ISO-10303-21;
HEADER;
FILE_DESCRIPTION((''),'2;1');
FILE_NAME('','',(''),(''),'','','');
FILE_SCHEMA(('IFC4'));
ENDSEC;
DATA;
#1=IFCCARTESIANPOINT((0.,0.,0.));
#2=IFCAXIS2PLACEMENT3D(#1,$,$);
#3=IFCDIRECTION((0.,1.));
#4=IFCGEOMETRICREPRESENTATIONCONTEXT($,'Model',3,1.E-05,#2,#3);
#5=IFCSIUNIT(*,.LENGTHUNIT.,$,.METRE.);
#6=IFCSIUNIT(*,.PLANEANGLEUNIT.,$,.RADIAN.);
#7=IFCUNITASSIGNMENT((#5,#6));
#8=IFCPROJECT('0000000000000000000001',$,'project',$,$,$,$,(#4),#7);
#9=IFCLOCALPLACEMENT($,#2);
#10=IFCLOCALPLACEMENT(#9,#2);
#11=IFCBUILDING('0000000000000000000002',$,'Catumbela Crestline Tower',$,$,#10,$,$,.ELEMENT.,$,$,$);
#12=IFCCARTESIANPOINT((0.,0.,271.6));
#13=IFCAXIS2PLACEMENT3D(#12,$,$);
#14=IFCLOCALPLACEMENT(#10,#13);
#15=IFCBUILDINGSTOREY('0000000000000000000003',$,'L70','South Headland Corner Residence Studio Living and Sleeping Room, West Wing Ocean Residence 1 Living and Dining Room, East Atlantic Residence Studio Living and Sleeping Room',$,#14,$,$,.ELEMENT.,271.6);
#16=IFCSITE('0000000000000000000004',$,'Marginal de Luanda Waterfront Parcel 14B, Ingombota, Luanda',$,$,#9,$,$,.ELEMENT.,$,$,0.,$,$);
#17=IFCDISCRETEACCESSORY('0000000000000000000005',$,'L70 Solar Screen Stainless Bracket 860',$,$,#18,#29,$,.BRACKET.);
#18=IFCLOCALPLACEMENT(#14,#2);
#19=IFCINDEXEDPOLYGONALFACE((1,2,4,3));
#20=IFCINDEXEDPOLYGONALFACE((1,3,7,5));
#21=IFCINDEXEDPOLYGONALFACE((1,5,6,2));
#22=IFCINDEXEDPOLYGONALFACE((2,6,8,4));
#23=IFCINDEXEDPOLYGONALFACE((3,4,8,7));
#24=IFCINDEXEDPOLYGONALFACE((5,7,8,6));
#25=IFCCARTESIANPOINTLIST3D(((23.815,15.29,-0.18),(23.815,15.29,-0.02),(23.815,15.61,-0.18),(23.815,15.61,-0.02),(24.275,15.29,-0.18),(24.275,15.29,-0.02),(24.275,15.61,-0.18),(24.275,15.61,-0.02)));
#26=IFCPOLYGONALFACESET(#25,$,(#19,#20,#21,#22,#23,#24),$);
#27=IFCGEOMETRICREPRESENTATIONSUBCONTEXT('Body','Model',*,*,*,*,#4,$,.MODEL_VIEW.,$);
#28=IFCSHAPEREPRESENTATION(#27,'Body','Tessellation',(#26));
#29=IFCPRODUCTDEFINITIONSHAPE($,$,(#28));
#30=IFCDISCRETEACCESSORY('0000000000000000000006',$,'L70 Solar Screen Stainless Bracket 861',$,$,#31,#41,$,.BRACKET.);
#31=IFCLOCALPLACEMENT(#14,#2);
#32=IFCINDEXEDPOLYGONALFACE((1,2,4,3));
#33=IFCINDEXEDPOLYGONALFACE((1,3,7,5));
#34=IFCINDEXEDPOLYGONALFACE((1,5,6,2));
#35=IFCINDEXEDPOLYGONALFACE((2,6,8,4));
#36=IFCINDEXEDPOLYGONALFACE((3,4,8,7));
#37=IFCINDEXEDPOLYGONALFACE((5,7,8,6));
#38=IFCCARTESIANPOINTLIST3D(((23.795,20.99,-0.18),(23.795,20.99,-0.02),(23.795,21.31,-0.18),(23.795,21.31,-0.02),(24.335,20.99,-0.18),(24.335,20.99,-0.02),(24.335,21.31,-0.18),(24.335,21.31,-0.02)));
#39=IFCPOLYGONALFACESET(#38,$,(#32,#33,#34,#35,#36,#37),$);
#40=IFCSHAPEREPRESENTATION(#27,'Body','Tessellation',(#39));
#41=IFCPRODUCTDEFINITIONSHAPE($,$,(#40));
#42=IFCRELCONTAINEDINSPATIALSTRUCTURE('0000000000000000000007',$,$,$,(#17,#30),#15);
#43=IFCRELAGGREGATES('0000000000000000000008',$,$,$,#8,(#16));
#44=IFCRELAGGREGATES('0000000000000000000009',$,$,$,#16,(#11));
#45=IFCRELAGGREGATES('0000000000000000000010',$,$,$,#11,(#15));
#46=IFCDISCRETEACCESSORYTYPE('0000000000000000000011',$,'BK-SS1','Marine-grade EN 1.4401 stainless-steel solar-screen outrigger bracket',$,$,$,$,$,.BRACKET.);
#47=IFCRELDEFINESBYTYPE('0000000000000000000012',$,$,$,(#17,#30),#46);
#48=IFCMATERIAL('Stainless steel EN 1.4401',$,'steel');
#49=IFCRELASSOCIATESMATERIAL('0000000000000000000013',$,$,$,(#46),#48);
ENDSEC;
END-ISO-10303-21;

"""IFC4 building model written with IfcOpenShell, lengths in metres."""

from ifc_helpers import new_model, si_unit, direction, frame, origin, origin_2d, place, context, subcontext, project, spatial, rectangle, extrude, material, type_object, element, save


model = new_model("IFC4")

# Units and contexts
model_context = context("Model", 3, precision=1e-05, world=origin(), true_north=direction((0.0, 1.0)))
body_context = subcontext(model_context, "Body", "Model", "MODEL_VIEW")
ifc_project = project(units=[si_unit("LENGTHUNIT", "METRE"), si_unit("PLANEANGLEUNIT", "RADIAN")], contexts=[model_context])

# Site, building, storey
site_placement = place(None, origin())
site = spatial("IfcSite", under=ifc_project, at=site_placement, Name="Marginal de Luanda Waterfront Parcel 14B, Ingombota, Luanda", CompositionType="ELEMENT", RefElevation=0.0)
building_placement = place(site_placement, origin())
building = spatial("IfcBuilding", under=site, at=building_placement, Name="Catumbela Crestline Tower", CompositionType="ELEMENT")
storey_placement = place(building_placement, frame((0.0, 0.0, 271.6)))
storey = spatial("IfcBuildingStorey", under=building, at=storey_placement, Name="L70", Description="South Headland Corner Residence Studio Living and Sleeping Room, West Wing Ocean Residence 1 Living and Dining Room, East Atlantic Residence Studio Living and Sleeping Room", CompositionType="ELEMENT", Elevation=271.6)

# Shared definitions
ifc_material_1 = material(Name="Stainless steel EN 1.4401", Category="steel")

# Discrete accessories
discrete_accessory_type = type_object("IfcDiscreteAccessoryType", Name="BK-SS1", Description="Marine-grade EN 1.4401 stainless-steel solar-screen outrigger bracket", PredefinedType="BRACKET", material=ifc_material_1)
discrete_accessory_1_placement = place(storey_placement, frame((24.045, 15.45, -0.18), z_axis=(0.0, 0.0, 1.0), x_axis=(0.0, 1.0, 0.0)))
element("IfcDiscreteAccessory", 1, at=discrete_accessory_1_placement, inside=storey, type_object=discrete_accessory_type, Name="L70 Solar Screen Stainless Bracket 860", PredefinedType="BRACKET", context=body_context, shape_type="SweptSolid", body=[
    extrude(rectangle(XDim=0.32, YDim=0.46, at=origin_2d()), origin(), (0.0, 0.0, 1.0), 0.16),
])
discrete_accessory_2_placement = place(storey_placement, frame((24.065, 21.15, -0.18), z_axis=(0.0, 0.0, 1.0), x_axis=(0.0, 1.0, 0.0)))
element("IfcDiscreteAccessory", 2, at=discrete_accessory_2_placement, inside=storey, type_object=discrete_accessory_type, Name="L70 Solar Screen Stainless Bracket 861", PredefinedType="BRACKET", context=body_context, shape_type="SweptSolid", body=[
    extrude(rectangle(XDim=0.32, YDim=0.54, at=origin_2d()), origin(), (0.0, 0.0, 1.0), 0.16),
])

save(model, "model.ifc")
